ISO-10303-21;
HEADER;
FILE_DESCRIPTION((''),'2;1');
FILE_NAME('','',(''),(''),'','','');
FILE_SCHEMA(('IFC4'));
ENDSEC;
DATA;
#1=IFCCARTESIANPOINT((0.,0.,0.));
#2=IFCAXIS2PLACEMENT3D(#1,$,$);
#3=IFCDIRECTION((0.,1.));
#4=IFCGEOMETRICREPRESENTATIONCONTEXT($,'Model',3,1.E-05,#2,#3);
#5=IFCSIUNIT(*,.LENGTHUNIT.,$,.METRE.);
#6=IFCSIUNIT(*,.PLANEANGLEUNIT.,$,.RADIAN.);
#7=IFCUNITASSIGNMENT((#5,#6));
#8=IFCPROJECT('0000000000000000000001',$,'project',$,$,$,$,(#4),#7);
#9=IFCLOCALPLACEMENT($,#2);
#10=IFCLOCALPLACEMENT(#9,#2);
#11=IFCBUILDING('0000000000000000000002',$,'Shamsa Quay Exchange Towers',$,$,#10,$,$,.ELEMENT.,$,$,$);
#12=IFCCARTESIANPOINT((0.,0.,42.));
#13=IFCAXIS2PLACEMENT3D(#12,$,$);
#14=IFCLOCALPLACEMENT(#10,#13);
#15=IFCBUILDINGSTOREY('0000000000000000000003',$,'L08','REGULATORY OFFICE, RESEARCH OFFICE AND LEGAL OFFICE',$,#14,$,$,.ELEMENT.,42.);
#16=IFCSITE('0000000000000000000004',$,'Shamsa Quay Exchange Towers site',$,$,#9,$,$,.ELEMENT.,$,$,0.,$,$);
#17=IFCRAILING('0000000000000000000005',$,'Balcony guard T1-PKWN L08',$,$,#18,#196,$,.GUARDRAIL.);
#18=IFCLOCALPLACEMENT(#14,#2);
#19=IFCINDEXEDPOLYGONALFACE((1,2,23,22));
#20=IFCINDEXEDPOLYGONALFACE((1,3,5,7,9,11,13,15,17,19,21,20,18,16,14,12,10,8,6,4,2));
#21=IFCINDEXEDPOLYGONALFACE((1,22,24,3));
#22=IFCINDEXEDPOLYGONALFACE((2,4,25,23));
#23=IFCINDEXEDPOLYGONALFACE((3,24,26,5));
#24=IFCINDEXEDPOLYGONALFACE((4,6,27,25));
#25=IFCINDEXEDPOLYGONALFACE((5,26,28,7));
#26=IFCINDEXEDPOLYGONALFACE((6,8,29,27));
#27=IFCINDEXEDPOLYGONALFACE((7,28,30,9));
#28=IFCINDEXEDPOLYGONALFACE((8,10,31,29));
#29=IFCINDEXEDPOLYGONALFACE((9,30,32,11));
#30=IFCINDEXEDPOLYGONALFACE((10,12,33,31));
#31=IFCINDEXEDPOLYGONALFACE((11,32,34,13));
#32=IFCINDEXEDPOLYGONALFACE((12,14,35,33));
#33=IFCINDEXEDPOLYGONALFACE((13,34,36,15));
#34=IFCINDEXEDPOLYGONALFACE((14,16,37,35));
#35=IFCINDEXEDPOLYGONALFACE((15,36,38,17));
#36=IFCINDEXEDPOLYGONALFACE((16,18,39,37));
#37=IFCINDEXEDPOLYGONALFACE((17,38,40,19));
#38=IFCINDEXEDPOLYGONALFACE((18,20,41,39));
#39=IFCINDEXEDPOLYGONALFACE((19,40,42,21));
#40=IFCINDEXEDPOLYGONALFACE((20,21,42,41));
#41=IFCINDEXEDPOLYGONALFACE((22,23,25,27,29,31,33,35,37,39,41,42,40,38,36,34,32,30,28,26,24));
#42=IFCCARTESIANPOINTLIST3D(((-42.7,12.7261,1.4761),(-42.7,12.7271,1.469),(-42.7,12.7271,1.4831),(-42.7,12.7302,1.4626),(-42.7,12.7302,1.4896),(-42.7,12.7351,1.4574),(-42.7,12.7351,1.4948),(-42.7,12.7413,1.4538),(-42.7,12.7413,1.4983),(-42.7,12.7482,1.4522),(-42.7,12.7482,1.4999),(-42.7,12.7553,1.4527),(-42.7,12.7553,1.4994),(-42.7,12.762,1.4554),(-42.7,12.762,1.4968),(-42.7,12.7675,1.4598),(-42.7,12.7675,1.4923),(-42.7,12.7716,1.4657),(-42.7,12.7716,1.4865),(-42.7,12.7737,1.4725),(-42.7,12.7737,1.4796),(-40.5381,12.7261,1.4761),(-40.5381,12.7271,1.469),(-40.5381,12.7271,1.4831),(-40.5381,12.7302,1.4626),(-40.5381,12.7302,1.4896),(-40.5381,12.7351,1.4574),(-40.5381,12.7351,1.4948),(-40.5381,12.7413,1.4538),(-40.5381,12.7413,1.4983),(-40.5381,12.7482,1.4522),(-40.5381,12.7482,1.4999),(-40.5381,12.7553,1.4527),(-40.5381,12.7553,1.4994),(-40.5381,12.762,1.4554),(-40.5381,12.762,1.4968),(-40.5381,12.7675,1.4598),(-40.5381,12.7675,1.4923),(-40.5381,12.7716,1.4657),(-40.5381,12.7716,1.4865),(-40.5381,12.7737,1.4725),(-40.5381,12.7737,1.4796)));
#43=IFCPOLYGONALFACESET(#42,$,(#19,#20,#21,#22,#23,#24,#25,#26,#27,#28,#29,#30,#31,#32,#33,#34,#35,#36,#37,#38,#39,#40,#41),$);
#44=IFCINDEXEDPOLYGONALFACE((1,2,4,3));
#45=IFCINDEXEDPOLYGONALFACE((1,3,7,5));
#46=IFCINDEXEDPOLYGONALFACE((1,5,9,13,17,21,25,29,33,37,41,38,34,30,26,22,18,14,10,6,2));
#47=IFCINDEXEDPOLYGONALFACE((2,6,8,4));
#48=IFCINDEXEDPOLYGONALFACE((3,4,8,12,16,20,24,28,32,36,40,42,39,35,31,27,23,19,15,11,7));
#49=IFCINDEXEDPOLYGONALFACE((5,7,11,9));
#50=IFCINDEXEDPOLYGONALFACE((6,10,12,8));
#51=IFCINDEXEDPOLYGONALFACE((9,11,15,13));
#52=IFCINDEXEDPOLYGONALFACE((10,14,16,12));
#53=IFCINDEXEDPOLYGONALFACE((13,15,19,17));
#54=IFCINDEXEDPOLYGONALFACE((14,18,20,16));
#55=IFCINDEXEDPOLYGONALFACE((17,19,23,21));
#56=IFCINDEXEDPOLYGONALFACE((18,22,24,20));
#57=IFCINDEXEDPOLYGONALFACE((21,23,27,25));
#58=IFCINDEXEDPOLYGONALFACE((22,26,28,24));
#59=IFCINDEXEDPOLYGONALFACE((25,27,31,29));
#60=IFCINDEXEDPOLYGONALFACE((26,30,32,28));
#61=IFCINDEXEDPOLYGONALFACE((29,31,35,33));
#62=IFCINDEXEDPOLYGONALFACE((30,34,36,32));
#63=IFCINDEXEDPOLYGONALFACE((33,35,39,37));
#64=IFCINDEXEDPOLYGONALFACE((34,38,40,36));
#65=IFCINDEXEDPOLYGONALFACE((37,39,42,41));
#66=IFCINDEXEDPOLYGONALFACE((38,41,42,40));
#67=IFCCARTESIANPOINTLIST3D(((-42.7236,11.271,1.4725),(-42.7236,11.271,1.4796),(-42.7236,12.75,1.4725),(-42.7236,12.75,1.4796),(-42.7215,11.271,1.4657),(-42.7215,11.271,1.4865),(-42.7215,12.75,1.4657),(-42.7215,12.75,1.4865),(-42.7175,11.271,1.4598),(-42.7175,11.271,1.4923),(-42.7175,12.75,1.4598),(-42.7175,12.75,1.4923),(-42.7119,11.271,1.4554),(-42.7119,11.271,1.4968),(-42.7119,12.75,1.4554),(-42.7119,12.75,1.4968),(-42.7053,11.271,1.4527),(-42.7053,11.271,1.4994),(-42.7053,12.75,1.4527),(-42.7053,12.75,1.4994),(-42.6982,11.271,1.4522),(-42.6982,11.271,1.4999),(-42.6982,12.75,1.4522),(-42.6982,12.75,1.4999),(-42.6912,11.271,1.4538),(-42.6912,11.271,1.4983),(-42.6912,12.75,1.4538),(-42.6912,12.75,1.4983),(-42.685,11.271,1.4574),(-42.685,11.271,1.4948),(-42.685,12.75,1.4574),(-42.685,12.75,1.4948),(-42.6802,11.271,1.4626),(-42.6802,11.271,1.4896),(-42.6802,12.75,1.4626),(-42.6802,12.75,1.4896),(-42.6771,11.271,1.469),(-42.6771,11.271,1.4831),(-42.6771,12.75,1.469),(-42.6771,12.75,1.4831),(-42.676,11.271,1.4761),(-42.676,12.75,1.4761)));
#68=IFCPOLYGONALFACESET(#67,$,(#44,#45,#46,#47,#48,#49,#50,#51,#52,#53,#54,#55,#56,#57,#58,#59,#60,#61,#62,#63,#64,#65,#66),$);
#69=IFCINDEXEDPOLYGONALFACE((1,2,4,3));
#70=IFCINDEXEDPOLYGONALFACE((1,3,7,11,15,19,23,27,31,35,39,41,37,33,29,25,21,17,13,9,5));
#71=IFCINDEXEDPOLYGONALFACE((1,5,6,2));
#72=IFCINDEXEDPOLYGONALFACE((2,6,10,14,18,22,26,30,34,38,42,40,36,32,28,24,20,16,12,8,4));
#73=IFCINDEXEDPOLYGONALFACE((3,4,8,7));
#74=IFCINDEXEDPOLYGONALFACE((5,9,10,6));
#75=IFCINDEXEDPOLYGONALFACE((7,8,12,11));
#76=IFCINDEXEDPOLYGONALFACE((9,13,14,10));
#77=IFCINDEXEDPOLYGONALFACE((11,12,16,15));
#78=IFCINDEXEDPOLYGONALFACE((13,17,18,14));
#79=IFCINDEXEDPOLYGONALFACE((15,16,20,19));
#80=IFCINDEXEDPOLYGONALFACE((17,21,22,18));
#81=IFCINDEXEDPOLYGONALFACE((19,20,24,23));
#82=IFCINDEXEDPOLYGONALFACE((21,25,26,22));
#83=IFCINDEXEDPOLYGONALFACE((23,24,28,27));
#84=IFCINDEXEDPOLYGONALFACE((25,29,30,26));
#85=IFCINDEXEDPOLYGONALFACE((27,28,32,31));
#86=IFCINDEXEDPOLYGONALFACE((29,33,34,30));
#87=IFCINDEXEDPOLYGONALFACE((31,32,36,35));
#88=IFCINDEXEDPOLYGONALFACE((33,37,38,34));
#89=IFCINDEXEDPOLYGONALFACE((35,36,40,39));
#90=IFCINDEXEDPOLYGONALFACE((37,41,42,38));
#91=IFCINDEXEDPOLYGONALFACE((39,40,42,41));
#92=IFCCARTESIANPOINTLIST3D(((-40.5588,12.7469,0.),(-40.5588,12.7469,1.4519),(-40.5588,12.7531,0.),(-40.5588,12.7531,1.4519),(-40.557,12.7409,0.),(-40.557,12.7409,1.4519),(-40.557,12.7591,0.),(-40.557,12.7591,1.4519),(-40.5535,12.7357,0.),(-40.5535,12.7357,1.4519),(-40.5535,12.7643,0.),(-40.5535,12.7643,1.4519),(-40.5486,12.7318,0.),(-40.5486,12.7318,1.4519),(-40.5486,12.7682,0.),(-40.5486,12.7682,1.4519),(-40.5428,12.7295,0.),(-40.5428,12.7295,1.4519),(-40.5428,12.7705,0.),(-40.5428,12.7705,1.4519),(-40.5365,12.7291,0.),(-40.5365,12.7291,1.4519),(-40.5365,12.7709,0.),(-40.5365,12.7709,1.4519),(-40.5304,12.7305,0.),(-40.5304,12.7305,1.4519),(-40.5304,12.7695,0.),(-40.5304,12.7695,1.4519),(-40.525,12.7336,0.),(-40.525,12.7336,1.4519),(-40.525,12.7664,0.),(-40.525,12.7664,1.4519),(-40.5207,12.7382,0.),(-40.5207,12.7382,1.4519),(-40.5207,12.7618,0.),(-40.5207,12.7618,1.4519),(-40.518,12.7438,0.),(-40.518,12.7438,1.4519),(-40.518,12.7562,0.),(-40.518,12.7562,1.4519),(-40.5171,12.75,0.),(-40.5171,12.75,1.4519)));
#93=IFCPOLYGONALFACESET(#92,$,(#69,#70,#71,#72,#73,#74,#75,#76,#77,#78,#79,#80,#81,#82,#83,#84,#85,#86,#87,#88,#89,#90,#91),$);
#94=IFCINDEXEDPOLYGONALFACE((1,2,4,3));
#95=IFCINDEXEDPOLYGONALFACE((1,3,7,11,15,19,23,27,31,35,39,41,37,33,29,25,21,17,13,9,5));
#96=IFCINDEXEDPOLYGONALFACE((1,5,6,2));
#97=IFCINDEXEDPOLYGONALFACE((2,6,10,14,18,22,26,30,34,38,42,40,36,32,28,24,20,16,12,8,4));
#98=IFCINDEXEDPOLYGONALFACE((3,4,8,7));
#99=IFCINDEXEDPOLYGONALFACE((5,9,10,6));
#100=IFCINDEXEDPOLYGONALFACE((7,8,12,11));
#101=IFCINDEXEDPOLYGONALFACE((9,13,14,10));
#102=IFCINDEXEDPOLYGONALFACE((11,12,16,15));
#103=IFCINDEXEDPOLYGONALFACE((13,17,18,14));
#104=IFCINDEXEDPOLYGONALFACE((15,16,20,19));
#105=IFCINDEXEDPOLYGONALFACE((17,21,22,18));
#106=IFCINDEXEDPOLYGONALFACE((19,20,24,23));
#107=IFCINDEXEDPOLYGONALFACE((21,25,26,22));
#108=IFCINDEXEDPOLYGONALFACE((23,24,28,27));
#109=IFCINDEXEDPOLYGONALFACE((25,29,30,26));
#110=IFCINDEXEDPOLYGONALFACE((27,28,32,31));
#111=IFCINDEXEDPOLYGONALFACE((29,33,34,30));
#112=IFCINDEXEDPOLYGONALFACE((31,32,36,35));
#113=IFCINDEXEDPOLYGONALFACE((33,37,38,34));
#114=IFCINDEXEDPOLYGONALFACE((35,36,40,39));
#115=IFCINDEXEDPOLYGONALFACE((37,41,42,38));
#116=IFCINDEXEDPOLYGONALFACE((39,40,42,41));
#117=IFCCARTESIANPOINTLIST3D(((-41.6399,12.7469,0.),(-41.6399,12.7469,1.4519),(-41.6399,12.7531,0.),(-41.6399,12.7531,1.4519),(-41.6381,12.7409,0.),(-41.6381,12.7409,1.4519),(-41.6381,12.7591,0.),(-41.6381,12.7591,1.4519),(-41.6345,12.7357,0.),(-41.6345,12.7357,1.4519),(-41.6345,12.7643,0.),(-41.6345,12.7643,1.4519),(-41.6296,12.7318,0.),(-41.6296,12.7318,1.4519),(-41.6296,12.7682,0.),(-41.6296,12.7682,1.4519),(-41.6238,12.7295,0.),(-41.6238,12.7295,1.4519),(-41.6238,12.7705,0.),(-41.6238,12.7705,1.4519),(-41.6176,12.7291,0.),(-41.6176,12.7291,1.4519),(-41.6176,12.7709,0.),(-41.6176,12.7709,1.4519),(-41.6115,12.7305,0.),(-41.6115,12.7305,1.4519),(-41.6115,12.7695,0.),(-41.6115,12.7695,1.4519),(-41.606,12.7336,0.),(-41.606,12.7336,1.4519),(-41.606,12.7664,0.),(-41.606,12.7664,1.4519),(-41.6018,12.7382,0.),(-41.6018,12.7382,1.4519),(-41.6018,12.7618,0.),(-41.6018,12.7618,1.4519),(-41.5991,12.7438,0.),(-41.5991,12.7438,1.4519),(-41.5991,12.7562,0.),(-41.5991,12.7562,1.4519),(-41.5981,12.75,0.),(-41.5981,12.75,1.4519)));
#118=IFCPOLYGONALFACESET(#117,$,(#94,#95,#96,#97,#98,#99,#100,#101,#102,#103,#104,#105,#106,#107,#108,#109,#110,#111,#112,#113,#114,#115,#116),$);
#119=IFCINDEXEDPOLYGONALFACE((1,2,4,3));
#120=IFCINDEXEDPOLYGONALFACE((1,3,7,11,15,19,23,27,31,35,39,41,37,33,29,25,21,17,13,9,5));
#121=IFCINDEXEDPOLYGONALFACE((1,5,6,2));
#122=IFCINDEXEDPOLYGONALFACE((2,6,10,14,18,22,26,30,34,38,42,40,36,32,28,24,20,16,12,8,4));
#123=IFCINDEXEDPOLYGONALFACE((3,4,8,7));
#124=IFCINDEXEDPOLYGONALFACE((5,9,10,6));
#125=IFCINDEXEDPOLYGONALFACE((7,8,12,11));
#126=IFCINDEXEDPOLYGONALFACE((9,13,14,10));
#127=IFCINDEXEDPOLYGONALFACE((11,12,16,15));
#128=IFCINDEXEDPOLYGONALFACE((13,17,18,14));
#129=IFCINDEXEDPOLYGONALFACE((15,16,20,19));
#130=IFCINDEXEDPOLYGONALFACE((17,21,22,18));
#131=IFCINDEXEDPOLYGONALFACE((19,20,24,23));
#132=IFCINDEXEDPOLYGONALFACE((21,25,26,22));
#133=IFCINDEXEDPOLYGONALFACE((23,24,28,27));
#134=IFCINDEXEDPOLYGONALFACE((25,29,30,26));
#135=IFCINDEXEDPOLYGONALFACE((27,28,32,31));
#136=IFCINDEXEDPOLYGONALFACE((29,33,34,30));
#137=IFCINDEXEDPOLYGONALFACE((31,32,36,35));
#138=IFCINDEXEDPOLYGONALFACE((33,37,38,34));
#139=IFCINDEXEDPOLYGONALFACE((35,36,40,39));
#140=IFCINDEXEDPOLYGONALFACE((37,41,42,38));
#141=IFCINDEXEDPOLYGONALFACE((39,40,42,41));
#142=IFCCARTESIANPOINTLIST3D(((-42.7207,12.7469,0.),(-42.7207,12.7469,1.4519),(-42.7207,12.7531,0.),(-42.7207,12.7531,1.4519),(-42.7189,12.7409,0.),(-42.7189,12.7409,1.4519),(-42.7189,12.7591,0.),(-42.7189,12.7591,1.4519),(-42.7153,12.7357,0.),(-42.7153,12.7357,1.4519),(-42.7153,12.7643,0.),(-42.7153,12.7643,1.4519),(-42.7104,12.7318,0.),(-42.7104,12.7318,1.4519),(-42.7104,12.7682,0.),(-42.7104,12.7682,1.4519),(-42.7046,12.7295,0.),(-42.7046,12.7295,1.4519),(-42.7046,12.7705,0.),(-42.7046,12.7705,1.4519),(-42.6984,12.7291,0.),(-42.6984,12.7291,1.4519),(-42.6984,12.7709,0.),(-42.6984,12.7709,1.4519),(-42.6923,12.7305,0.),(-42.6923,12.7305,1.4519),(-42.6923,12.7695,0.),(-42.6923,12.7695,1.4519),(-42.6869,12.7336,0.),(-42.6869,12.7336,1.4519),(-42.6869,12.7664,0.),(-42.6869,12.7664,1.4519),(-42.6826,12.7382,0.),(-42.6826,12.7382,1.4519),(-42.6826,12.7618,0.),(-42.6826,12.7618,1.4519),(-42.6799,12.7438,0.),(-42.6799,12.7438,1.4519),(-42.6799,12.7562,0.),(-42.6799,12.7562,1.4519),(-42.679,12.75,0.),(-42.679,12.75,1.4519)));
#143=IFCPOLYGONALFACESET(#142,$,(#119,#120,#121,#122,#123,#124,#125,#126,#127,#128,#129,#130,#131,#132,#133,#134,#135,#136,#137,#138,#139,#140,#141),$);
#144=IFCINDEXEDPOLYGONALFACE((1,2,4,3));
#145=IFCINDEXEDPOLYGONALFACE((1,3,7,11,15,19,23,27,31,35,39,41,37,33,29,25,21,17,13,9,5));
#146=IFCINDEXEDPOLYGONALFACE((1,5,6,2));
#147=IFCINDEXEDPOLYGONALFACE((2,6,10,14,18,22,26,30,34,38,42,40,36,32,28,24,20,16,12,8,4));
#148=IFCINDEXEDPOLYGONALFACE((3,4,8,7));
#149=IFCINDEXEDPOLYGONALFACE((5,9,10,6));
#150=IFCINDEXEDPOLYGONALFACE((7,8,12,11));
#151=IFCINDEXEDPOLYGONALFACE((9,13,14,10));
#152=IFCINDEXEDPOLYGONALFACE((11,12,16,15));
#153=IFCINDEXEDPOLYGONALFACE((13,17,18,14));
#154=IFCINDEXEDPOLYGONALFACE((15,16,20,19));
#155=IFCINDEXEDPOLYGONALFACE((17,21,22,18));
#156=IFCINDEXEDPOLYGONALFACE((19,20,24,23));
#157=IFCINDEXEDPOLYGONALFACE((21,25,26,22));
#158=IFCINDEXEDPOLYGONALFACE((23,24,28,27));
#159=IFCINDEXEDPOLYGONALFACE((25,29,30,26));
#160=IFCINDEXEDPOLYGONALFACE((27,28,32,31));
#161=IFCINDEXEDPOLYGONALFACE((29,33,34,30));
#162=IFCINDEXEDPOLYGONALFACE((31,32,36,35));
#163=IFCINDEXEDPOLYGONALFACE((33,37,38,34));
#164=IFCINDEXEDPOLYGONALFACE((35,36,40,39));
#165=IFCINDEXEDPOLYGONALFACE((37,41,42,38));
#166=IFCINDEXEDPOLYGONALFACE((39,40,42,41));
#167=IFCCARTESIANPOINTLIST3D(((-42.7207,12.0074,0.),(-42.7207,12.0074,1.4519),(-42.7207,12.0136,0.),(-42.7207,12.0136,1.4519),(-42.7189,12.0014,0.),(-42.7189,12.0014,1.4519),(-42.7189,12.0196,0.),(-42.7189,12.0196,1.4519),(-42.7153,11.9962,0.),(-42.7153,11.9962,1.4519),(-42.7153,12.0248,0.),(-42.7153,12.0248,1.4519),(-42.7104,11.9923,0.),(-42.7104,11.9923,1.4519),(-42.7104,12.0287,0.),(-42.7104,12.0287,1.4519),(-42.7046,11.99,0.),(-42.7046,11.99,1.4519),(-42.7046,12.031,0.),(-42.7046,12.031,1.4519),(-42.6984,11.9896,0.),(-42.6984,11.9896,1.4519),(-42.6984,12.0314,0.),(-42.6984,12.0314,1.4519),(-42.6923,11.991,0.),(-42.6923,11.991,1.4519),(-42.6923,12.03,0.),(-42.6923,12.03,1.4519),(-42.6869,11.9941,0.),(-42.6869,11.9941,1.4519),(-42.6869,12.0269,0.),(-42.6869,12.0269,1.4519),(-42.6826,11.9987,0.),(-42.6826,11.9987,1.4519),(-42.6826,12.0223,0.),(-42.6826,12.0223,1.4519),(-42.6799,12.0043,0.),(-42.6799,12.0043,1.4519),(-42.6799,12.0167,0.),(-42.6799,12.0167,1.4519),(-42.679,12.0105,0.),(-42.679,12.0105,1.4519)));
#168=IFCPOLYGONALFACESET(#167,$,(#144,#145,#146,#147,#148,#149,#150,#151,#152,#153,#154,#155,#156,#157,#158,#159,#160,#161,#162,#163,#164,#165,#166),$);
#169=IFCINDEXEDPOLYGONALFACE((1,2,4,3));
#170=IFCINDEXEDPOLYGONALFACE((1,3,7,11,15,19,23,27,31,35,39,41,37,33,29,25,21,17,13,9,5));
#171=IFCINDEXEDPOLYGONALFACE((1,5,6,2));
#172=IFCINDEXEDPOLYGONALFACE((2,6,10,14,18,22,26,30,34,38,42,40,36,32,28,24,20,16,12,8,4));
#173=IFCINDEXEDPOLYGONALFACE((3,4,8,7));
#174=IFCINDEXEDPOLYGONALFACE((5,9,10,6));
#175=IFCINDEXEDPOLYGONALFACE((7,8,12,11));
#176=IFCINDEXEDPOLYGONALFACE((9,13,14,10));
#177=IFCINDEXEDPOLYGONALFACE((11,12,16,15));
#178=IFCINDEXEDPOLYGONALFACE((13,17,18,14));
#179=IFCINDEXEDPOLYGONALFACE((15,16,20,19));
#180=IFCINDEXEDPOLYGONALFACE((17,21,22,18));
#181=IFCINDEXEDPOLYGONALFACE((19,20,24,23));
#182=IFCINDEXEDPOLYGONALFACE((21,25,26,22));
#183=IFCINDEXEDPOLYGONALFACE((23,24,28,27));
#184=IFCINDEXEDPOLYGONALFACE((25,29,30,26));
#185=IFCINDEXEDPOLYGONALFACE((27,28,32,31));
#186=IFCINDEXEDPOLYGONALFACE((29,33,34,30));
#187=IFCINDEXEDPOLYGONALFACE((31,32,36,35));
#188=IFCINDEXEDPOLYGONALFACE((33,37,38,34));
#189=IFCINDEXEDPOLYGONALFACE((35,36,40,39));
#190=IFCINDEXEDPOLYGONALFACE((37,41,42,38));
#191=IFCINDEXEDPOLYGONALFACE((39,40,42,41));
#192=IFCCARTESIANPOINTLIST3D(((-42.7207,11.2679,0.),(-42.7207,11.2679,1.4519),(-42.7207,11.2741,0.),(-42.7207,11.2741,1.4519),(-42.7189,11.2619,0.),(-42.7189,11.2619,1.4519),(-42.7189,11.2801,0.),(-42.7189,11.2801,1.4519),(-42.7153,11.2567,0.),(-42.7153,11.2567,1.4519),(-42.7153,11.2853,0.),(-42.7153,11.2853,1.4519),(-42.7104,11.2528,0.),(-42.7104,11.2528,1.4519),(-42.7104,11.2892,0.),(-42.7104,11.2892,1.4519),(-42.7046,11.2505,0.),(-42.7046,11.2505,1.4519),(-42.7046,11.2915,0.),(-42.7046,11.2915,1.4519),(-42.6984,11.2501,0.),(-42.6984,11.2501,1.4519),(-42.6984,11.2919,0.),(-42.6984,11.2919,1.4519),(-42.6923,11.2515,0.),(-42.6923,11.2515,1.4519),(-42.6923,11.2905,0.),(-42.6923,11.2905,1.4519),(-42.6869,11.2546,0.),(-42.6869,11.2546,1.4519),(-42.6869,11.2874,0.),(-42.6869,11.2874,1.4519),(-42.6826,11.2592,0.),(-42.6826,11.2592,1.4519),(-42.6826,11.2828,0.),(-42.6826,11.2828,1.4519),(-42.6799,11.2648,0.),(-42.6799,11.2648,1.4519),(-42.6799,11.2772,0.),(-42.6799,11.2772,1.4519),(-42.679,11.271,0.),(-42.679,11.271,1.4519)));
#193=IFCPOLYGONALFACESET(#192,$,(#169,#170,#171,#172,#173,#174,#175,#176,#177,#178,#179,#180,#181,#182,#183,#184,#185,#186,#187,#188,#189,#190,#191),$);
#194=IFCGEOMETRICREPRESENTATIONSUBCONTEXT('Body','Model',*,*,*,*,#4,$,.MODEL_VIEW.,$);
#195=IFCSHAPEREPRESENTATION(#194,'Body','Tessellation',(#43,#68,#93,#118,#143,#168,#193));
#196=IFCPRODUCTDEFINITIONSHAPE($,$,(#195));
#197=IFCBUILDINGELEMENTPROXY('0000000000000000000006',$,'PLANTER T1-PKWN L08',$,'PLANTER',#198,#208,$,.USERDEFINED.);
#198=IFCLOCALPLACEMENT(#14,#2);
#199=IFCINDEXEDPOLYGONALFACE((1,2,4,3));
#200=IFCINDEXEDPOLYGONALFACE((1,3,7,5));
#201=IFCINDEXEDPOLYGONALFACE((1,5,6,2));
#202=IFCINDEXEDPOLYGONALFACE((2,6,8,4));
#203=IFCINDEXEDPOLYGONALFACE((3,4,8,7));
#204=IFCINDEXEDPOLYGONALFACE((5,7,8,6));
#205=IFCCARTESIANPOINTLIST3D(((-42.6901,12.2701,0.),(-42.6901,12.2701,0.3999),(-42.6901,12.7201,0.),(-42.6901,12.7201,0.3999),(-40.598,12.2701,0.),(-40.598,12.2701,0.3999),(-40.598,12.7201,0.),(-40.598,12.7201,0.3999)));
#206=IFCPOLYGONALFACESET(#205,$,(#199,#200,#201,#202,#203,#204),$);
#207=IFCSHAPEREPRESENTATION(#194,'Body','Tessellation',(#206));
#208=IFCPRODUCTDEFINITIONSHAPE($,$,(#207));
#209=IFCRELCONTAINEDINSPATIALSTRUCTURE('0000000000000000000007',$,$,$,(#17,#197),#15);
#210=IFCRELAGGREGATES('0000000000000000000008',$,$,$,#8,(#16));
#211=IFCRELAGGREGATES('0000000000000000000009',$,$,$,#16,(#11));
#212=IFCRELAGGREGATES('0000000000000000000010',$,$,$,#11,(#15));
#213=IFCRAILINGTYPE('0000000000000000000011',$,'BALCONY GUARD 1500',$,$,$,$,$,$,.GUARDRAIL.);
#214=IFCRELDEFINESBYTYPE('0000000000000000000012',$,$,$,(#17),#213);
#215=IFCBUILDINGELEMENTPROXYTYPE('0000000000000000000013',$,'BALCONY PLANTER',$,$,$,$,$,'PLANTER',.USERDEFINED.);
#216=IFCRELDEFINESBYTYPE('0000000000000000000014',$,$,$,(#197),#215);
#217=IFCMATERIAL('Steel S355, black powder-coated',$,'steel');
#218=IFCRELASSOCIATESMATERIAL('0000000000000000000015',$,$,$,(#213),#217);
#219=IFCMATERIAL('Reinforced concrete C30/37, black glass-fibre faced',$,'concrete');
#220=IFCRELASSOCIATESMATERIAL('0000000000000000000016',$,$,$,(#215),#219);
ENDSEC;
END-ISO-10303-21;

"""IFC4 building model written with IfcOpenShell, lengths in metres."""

from ifc_helpers import new_model, si_unit, direction, frame, origin, origin_2d, place, context, subcontext, project, spatial, rectangle, circle, extrude, material, type_object, element, save


model = new_model("IFC4")

# Units and contexts
model_context = context("Model", 3, precision=1e-05, world=origin(), true_north=direction((0.0, 1.0)))
body_context = subcontext(model_context, "Body", "Model", "MODEL_VIEW")
ifc_project = project(units=[si_unit("LENGTHUNIT", "METRE"), si_unit("PLANEANGLEUNIT", "RADIAN")], contexts=[model_context])

# Site, building, storey
site_placement = place(None, origin())
site = spatial("IfcSite", under=ifc_project, at=site_placement, Name="Shamsa Quay Exchange Towers site", CompositionType="ELEMENT", RefElevation=0.0)
building_placement = place(site_placement, origin())
building = spatial("IfcBuilding", under=site, at=building_placement, Name="Shamsa Quay Exchange Towers", CompositionType="ELEMENT")
storey_placement = place(building_placement, frame((0.0, 0.0, 42.0)))
storey = spatial("IfcBuildingStorey", under=building, at=storey_placement, Name="L08", Description="REGULATORY OFFICE, RESEARCH OFFICE AND LEGAL OFFICE", CompositionType="ELEMENT", Elevation=42.0)

# Railing
ifc_material_1 = material(Name="Steel S355, black powder-coated", Category="steel")
railing_type_1 = type_object("IfcRailingType", Name="BALCONY GUARD 1500", PredefinedType="GUARDRAIL", material=ifc_material_1)
railing_1_placement = place(storey_placement, frame((-40.5381, 12.75, 0.0)))
element("IfcRailing", 1, at=railing_1_placement, inside=storey, type_object=railing_type_1, Name="Balcony guard T1-PKWN L08", PredefinedType="GUARDRAIL", context=body_context, shape_type="SweptSolid", body=[
    extrude(circle(Radius=0.0239, at=origin_2d()), frame((0.0, 0.0, 1.4761), z_axis=(-1.0, 0.0, 0.0), x_axis=(0.0, -1.0, 0.0)), (0.0, 0.0, 1.0), 2.1619),
    extrude(circle(Radius=0.0239, at=origin_2d()), frame((-2.1619, 0.0, 1.4761), z_axis=(0.0, -1.0, 0.0), x_axis=(1.0, 0.0, 0.0)), (0.0, 0.0, 1.0), 1.479),
    extrude(circle(Radius=0.021, at=origin_2d()), origin(), (0.0, 0.0, 1.0), 1.4519),
    extrude(circle(Radius=0.021, at=origin_2d()), frame((-1.0811, 0.0, 0.0)), (0.0, 0.0, 1.0), 1.4519),
    extrude(circle(Radius=0.021, at=origin_2d()), frame((-2.1619, 0.0, 0.0)), (0.0, 0.0, 1.0), 1.4519),
    extrude(circle(Radius=0.021, at=origin_2d()), frame((-2.1619, -0.7395, 0.0)), (0.0, 0.0, 1.0), 1.4519),
    extrude(circle(Radius=0.021, at=origin_2d()), frame((-2.1619, -1.479, 0.0)), (0.0, 0.0, 1.0), 1.4519),
])

# Building element proxy
ifc_material_2 = material(Name="Reinforced concrete C30/37, black glass-fibre faced", Category="concrete")
building_element_proxy_type = type_object("IfcBuildingElementProxyType", Name="BALCONY PLANTER", ElementType="PLANTER", PredefinedType="USERDEFINED", material=ifc_material_2)
proxy_placement = place(storey_placement, frame((-41.644, 12.4951, 0.0), z_axis=(0.0, 0.0, 1.0), x_axis=(-1.0, 0.0, 0.0)))
element("IfcBuildingElementProxy", 2, at=proxy_placement, inside=storey, type_object=building_element_proxy_type, Name="PLANTER T1-PKWN L08", ObjectType="PLANTER", PredefinedType="USERDEFINED", context=body_context, shape_type="SweptSolid", body=[
    extrude(rectangle(XDim=2.092, YDim=0.45, at=origin_2d()), origin(), (0.0, 0.0, 1.0), 0.3999),
])

save(model, "model.ifc")
